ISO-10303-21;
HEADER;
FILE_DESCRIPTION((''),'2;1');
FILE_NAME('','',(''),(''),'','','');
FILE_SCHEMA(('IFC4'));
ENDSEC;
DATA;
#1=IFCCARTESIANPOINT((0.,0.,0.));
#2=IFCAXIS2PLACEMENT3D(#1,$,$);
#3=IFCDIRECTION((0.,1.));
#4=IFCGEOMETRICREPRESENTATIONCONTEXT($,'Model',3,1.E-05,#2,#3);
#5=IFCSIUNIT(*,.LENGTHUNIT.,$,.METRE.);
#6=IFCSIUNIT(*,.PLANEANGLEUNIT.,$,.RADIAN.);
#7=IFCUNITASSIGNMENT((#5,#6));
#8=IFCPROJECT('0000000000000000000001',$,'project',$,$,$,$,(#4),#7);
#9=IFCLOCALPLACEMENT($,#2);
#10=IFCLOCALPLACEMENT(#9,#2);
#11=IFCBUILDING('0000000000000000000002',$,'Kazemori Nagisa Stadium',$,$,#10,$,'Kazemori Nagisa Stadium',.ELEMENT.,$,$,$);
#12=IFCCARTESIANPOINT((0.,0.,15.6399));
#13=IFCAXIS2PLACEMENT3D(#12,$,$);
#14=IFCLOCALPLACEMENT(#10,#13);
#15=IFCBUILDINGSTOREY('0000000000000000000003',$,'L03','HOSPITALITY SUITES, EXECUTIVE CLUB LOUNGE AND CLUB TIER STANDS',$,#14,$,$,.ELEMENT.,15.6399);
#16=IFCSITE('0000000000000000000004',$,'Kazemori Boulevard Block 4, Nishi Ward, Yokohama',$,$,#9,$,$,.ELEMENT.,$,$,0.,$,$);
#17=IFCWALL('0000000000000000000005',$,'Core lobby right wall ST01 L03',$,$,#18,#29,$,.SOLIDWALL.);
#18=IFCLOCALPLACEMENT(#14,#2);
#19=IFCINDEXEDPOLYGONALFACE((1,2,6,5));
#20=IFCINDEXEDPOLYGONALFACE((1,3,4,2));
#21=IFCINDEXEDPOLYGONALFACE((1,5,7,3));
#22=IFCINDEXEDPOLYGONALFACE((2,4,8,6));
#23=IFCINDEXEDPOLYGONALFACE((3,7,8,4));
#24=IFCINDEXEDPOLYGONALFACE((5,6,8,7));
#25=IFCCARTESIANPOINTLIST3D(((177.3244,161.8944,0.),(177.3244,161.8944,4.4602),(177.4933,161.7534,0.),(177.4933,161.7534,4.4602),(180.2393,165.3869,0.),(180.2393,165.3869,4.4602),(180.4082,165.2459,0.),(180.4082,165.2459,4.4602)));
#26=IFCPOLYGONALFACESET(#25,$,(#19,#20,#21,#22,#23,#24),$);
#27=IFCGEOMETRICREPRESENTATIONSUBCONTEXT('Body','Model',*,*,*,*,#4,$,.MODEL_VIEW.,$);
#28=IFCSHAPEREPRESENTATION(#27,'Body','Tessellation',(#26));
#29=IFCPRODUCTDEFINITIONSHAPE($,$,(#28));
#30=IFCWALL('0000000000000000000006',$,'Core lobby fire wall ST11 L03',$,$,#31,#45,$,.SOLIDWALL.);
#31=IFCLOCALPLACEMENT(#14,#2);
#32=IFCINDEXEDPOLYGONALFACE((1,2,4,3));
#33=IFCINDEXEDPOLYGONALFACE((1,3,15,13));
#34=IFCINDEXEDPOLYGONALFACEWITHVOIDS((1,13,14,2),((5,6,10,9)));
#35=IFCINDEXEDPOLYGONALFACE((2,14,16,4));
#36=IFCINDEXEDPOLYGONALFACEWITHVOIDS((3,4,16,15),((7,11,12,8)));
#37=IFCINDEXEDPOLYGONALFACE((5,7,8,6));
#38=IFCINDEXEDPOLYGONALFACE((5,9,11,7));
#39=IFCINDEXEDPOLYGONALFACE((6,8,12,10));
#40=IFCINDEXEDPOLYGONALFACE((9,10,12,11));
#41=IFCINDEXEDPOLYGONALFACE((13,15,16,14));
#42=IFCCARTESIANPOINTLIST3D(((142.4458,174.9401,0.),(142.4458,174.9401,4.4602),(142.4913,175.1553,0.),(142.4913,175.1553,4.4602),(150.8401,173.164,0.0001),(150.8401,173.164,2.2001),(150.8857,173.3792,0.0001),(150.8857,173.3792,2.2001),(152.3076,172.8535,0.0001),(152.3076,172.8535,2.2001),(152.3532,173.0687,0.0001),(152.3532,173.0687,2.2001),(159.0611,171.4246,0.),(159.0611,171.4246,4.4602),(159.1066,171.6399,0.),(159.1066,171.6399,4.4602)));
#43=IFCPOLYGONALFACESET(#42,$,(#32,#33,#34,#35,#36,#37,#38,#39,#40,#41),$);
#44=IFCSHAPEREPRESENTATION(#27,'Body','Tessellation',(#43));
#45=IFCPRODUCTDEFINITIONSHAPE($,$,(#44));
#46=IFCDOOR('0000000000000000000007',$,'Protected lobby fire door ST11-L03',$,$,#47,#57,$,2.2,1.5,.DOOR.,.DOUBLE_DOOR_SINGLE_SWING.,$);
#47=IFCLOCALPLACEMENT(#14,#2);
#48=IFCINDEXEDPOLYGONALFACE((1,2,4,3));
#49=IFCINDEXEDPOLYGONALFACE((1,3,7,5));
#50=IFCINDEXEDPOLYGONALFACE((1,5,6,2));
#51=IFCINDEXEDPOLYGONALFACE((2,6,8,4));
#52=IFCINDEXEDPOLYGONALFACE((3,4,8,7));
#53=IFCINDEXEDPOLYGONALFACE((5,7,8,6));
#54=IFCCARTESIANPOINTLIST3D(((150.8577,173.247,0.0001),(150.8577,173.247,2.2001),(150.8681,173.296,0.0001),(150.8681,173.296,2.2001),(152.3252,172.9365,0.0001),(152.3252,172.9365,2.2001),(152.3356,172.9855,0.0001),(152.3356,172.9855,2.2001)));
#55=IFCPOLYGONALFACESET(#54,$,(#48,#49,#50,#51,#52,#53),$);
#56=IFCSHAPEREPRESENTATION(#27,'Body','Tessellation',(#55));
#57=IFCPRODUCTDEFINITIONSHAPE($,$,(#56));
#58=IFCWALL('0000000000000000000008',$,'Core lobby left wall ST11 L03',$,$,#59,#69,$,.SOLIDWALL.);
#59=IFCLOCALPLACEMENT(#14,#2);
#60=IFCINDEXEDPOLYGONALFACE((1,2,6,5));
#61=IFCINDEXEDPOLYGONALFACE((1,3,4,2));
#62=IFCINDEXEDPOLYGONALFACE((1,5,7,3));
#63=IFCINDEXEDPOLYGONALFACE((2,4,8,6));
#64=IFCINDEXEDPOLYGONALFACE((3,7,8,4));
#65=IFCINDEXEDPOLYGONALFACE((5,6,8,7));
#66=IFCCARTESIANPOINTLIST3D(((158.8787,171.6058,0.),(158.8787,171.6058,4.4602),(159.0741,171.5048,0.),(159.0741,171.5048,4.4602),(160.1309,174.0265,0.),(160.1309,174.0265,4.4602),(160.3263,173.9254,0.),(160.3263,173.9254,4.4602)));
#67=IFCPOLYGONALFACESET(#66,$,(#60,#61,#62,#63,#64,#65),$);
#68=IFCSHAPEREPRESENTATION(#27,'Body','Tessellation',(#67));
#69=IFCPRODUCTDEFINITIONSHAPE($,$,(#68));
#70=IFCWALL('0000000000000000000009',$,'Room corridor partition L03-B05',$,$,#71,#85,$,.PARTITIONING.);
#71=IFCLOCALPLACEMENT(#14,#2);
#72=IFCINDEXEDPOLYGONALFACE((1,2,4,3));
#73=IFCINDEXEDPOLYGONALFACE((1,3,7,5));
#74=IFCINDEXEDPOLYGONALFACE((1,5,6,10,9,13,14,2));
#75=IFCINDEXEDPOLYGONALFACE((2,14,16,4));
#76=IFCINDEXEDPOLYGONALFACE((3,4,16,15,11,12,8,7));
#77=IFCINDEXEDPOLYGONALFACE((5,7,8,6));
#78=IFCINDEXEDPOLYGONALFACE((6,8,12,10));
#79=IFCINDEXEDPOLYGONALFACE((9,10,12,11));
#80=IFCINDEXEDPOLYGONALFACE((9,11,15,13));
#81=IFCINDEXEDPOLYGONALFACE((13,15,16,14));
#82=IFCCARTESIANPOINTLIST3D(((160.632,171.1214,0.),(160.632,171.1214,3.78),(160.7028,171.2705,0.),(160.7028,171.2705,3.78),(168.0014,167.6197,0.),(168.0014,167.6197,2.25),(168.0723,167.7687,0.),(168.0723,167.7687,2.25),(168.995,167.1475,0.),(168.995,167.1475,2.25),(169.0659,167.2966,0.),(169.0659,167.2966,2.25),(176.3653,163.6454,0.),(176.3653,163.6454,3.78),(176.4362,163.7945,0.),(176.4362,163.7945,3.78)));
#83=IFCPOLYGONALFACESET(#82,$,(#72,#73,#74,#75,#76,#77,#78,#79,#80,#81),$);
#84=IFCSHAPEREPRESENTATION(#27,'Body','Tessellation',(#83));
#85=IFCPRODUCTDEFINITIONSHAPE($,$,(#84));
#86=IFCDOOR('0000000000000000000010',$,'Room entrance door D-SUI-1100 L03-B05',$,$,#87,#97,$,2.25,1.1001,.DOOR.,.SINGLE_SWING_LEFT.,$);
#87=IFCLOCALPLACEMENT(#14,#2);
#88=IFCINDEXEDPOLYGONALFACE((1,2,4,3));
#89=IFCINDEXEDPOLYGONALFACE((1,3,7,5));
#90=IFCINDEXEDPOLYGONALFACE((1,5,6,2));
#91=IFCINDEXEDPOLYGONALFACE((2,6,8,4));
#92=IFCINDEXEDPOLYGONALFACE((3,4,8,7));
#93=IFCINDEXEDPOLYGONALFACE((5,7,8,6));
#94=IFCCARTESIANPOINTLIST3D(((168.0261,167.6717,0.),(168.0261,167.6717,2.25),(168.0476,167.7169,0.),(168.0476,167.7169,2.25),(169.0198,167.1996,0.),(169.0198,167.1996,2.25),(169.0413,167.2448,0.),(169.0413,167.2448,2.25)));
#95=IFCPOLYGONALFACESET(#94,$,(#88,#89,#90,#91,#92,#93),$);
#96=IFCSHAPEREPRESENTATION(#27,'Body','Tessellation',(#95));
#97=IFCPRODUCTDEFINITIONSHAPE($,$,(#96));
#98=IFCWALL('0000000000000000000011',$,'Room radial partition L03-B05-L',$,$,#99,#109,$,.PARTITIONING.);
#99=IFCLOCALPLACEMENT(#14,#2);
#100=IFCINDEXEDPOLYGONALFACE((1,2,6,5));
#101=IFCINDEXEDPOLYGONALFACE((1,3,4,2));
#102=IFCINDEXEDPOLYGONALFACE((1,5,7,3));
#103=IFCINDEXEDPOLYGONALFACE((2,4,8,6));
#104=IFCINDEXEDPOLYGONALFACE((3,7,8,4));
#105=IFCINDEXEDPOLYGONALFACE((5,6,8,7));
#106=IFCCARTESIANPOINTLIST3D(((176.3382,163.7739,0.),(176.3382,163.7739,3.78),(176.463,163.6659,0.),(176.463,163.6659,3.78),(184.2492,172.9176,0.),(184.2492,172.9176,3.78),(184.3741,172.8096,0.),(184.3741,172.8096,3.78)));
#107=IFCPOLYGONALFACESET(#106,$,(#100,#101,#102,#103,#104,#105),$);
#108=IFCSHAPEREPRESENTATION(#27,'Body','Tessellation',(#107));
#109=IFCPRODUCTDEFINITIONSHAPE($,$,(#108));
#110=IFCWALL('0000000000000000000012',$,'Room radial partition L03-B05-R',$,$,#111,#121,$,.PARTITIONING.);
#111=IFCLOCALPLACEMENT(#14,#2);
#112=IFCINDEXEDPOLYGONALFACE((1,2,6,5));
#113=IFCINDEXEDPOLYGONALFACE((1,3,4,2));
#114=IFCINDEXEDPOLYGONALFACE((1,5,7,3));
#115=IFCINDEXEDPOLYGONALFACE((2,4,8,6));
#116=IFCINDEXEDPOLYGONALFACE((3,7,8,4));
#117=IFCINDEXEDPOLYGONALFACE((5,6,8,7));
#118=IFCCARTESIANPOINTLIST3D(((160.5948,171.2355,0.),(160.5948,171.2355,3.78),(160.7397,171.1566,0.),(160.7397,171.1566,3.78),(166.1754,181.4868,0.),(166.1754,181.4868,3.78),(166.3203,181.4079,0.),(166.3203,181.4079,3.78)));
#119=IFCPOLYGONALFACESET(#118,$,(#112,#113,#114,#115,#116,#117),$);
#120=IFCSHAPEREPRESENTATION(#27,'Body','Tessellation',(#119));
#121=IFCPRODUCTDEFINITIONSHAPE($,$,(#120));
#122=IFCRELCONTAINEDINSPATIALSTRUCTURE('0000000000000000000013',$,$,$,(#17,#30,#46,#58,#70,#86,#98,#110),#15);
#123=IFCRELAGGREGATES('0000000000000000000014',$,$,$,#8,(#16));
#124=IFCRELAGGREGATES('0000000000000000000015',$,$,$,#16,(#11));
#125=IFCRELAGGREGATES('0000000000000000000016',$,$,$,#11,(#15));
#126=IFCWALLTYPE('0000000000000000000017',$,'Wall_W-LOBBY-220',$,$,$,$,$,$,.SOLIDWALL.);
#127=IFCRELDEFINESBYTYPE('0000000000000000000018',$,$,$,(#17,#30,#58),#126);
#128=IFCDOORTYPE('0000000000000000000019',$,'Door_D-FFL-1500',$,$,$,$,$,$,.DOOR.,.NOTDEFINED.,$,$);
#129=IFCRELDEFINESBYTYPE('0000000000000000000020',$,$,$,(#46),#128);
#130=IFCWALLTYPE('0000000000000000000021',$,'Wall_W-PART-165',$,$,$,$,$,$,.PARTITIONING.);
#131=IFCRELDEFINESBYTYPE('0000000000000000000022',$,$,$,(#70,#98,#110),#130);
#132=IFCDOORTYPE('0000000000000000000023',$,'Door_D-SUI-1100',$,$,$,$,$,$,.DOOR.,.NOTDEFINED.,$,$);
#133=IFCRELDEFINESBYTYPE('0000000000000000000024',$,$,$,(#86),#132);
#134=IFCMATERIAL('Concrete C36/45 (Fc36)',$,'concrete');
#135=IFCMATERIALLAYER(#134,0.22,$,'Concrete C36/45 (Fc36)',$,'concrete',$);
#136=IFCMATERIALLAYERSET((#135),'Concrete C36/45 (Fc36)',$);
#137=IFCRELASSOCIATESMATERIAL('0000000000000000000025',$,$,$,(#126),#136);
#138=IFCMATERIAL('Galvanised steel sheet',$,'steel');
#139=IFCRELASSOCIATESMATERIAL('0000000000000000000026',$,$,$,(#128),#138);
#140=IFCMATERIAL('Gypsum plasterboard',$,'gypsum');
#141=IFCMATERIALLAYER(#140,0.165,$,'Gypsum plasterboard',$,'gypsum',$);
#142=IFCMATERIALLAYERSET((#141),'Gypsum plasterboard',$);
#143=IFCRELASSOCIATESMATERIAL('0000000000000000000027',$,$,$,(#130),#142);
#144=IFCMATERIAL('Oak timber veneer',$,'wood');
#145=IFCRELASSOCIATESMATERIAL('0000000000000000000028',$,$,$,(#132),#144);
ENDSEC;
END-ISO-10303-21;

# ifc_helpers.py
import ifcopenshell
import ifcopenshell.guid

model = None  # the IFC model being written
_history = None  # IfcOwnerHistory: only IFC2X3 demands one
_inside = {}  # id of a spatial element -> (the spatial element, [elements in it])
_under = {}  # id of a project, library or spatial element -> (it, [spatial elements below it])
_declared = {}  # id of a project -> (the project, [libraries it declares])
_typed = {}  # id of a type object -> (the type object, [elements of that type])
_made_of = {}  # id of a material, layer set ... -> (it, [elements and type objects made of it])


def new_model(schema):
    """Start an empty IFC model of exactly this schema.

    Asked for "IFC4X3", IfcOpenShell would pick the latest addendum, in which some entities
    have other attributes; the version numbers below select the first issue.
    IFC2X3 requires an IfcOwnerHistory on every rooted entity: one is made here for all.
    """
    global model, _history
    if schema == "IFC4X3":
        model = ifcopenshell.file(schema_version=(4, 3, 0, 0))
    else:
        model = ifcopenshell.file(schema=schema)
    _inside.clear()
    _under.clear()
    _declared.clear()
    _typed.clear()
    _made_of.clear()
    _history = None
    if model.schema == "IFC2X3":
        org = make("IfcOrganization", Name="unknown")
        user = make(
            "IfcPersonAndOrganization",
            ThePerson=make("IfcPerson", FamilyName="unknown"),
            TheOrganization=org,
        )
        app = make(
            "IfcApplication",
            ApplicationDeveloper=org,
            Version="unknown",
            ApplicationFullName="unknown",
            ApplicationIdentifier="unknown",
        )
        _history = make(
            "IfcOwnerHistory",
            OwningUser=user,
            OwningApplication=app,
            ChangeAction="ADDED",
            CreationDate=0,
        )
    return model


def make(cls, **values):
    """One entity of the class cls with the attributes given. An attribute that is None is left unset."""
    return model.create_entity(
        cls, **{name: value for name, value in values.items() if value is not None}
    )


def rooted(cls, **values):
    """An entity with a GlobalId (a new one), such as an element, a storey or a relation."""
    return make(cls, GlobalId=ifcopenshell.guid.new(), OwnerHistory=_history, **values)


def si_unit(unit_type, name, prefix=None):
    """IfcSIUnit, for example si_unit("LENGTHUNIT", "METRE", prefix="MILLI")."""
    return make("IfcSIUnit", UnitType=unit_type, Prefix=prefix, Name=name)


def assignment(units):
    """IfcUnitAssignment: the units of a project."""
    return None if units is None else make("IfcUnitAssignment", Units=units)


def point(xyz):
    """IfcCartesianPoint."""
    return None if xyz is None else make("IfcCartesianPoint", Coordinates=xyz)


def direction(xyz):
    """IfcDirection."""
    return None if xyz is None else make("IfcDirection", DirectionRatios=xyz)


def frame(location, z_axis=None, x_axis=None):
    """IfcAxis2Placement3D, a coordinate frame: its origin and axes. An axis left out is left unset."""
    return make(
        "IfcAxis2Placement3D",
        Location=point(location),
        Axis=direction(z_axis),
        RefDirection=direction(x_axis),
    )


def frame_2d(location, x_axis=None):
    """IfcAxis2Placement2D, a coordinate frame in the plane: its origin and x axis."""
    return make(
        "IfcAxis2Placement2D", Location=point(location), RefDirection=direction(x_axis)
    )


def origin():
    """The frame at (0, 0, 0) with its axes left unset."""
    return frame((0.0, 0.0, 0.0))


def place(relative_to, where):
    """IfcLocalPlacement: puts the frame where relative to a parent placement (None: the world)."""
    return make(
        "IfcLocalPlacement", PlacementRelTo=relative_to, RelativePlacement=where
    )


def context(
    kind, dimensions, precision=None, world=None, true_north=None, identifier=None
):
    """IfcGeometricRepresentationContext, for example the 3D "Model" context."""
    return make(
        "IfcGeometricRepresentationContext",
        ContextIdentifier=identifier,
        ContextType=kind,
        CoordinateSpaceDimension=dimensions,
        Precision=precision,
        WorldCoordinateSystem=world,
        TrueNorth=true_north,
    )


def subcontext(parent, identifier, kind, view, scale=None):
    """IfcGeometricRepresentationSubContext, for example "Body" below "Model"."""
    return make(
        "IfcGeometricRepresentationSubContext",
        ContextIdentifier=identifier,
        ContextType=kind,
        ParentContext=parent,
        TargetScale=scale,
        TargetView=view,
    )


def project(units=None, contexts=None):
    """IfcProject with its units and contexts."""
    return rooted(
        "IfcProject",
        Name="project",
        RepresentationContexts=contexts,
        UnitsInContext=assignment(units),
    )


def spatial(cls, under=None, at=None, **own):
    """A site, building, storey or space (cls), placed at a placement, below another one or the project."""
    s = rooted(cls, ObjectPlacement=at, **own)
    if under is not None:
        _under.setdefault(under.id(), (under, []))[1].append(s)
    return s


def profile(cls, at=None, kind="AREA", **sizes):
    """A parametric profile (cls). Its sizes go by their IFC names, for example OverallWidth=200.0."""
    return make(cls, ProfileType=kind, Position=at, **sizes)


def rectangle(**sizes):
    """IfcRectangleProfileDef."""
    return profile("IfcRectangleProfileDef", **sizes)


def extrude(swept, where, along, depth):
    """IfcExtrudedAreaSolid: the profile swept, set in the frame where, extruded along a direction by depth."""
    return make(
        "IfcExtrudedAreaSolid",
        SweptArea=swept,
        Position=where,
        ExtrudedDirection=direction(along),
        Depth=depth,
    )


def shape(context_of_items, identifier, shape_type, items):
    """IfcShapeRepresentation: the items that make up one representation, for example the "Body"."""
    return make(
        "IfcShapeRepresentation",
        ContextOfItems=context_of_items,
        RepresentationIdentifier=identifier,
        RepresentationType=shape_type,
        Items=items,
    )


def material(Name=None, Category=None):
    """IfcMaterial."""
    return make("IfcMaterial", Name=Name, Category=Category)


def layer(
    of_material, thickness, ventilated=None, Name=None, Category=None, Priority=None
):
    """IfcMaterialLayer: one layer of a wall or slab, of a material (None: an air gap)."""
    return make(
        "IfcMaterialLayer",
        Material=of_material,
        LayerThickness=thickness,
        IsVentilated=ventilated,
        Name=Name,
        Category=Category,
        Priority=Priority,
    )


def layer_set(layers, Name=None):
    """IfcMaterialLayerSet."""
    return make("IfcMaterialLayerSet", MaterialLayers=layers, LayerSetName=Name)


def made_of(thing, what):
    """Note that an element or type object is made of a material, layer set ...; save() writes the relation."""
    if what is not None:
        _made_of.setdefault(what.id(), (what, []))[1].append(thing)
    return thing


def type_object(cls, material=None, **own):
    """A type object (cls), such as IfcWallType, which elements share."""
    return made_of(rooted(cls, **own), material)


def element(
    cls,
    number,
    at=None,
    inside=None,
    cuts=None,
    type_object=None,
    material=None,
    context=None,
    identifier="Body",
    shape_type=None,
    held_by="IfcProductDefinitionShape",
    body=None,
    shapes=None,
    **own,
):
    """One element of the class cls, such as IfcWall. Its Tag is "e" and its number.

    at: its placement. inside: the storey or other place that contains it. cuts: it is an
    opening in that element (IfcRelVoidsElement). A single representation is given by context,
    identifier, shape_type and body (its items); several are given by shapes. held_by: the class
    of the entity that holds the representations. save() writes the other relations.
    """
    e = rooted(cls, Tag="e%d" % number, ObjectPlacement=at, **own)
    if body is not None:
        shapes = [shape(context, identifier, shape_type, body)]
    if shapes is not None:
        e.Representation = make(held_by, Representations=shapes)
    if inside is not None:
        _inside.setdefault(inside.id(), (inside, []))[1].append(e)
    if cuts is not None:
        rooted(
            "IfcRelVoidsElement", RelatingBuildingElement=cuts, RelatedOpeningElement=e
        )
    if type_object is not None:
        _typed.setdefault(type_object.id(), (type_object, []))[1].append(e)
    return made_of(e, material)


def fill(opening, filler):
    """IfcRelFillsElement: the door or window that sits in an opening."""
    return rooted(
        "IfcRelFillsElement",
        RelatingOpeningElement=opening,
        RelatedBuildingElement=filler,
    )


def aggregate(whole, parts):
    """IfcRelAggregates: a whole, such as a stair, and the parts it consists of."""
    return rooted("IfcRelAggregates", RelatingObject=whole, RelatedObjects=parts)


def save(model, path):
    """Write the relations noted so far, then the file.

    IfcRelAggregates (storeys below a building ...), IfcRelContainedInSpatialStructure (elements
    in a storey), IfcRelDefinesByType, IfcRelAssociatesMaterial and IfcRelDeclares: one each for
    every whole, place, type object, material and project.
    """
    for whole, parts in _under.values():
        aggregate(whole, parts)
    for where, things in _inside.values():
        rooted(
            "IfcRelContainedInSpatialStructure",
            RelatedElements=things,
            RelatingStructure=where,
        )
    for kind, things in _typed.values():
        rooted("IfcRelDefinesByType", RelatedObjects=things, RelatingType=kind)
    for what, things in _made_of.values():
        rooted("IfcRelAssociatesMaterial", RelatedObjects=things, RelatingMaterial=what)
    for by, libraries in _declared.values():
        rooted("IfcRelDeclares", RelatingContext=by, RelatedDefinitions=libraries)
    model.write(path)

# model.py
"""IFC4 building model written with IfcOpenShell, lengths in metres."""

from ifc_helpers import new_model, si_unit, direction, frame, frame_2d, origin, place, context, subcontext, project, spatial, rectangle, extrude, material, layer, layer_set, type_object, element, fill, save


model = new_model("IFC4")

# Units and contexts
model_context = context("Model", 3, precision=1e-05, world=origin(), true_north=direction((0.0, 1.0)))
body_context = subcontext(model_context, "Body", "Model", "MODEL_VIEW")
ifc_project = project(units=[si_unit("LENGTHUNIT", "METRE"), si_unit("PLANEANGLEUNIT", "RADIAN")], contexts=[model_context])

# Site, building, storey
site_placement = place(None, origin())
site = spatial("IfcSite", under=ifc_project, at=site_placement, Name="Kazemori Boulevard Block 4, Nishi Ward, Yokohama", CompositionType="ELEMENT", RefElevation=0.0)
building_placement = place(site_placement, origin())
building = spatial("IfcBuilding", under=site, at=building_placement, Name="Kazemori Nagisa Stadium", LongName="Kazemori Nagisa Stadium", CompositionType="ELEMENT")
storey_placement = place(building_placement, frame((0.0, 0.0, 15.6399)))
storey = spatial("IfcBuildingStorey", under=building, at=storey_placement, Name="L03", Description="HOSPITALITY SUITES, EXECUTIVE CLUB LOUNGE AND CLUB TIER STANDS", CompositionType="ELEMENT", Elevation=15.6399)

# Shared definitions
ifc_material_1 = material(Name="Galvanised steel sheet", Category="steel")

# Wall
ifc_material_2 = material(Name="Concrete C36/45 (Fc36)", Category="concrete")
ifc_layer_1 = layer(ifc_material_2, 0.22, Name="Concrete C36/45 (Fc36)", Category="concrete")
ifc_layer_set_1 = layer_set([ifc_layer_1], Name="Concrete C36/45 (Fc36)")
wall_type_1 = type_object("IfcWallType", Name="Wall_W-LOBBY-220", PredefinedType="SOLIDWALL", material=ifc_layer_set_1)
wall_1_placement = place(storey_placement, frame((177.4089, 161.824, 0.0), z_axis=(0.0, 0.0, 1.0), x_axis=(0.64076, 0.767742, 0.0)))
element("IfcWall", 1, at=wall_1_placement, inside=storey, type_object=wall_type_1, Name="Core lobby right wall ST01 L03", PredefinedType="SOLIDWALL", context=body_context, shape_type="SweptSolid", body=[
    extrude(rectangle(XDim=4.5491, YDim=0.22, at=frame_2d((2.2744, 0.0))), origin(), (0.0, 0.0, 1.0), 4.4602),
])

# Wall, opening, door
wall_2_placement = place(storey_placement, frame((159.084, 171.5322, 0.0), z_axis=(0.0, 0.0, 1.0), x_axis=(-0.978342, 0.206994, 0.0)))
wall_2 = element("IfcWall", 2, at=wall_2_placement, inside=storey, type_object=wall_type_1, Name="Core lobby fire wall ST11 L03", PredefinedType="SOLIDWALL", context=body_context, shape_type="SweptSolid", body=[
    extrude(rectangle(XDim=16.9832, YDim=0.22, at=frame_2d((8.4917, 0.0))), origin(), (0.0, 0.0, 1.0), 4.4602),
])
opening_1_placement = place(wall_2_placement, frame((6.9031, 0.0, 0.0)))
opening_1 = element("IfcOpeningElement", 3, at=opening_1_placement, cuts=wall_2, PredefinedType="OPENING", context=body_context, shape_type="SweptSolid", body=[
    extrude(rectangle(XDim=1.5, YDim=2.2, at=frame_2d((0.75, 1.1001))), frame((0.0, 0.1199, 0.0), z_axis=(0.0, -1.0, 0.0), x_axis=(1.0, 0.0, 0.0)), (0.0, 0.0, 1.0), 0.24),
])
door_type_1 = type_object("IfcDoorType", Name="Door_D-FFL-1500", OperationType="NOTDEFINED", PredefinedType="DOOR", material=ifc_material_1)
door_1_placement = place(opening_1_placement, frame((1.5, 0.0, 0.0), z_axis=(0.0, 0.0, 1.0), x_axis=(-1.0, 0.0, 0.0)))
door_1 = element("IfcDoor", 4, at=door_1_placement, inside=storey, type_object=door_type_1, Name="Protected lobby fire door ST11-L03", OperationType="DOUBLE_DOOR_SINGLE_SWING", OverallHeight=2.2, OverallWidth=1.5, PredefinedType="DOOR", context=body_context, shape_type="SweptSolid", body=[
    extrude(rectangle(XDim=1.5, YDim=2.2, at=frame_2d((0.75, 1.1001))), frame((0.0, 0.0249, 0.0), z_axis=(0.0, -1.0, 0.0), x_axis=(1.0, 0.0, 0.0)), (0.0, 0.0, 1.0), 0.05),
])
fill(opening_1, door_1)

# Wall
wall_3_placement = place(storey_placement, frame((158.9763, 171.5552, 0.0), z_axis=(0.0, 0.0, 1.0), x_axis=(0.459462, 0.888197, 0.0)))
element("IfcWall", 5, at=wall_3_placement, inside=storey, type_object=wall_type_1, Name="Core lobby left wall ST11 L03", PredefinedType="SOLIDWALL", context=body_context, shape_type="SweptSolid", body=[
    extrude(rectangle(XDim=2.7253, YDim=0.22, at=frame_2d((1.3628, 0.0))), origin(), (0.0, 0.0, 1.0), 4.4602),
])

# Wall, opening, door
ifc_material_3 = material(Name="Gypsum plasterboard", Category="gypsum")
ifc_layer_2 = layer(ifc_material_3, 0.165, Name="Gypsum plasterboard", Category="gypsum")
ifc_layer_set_2 = layer_set([ifc_layer_2], Name="Gypsum plasterboard")
wall_type_2 = type_object("IfcWallType", Name="Wall_W-PART-165", PredefinedType="PARTITIONING", material=ifc_layer_set_2)
wall_4_placement = place(storey_placement, frame((176.4006, 163.72, 0.0), z_axis=(0.0, 0.0, 1.0), x_axis=(-0.903217, 0.429184, 0.0)))
wall_4 = element("IfcWall", 6, at=wall_4_placement, inside=storey, type_object=wall_type_2, Name="Room corridor partition L03-B05", PredefinedType="PARTITIONING", context=body_context, shape_type="SweptSolid", body=[
    extrude(rectangle(XDim=17.4192, YDim=0.165, at=frame_2d((8.7095, 0.0))), origin(), (0.0, 0.0, 1.0), 3.78),
])
opening_2_placement = place(wall_4_placement, frame((8.1599, 0.0, 0.0)))
opening_2 = element("IfcOpeningElement", 7, at=opening_2_placement, cuts=wall_4, PredefinedType="OPENING", context=body_context, shape_type="SweptSolid", body=[
    extrude(rectangle(XDim=1.1001, YDim=2.25, at=frame_2d((0.55, 1.125))), frame((0.0, 0.0925, 0.0), z_axis=(0.0, -1.0, 0.0), x_axis=(1.0, 0.0, 0.0)), (0.0, 0.0, 1.0), 0.1851),
])
ifc_material_4 = material(Name="Oak timber veneer", Category="wood")
door_type_2 = type_object("IfcDoorType", Name="Door_D-SUI-1100", OperationType="NOTDEFINED", PredefinedType="DOOR", material=ifc_material_4)
door_2_placement = place(opening_2_placement, origin())
door_2 = element("IfcDoor", 8, at=door_2_placement, inside=storey, type_object=door_type_2, Name="Room entrance door D-SUI-1100 L03-B05", OperationType="SINGLE_SWING_LEFT", OverallHeight=2.25, OverallWidth=1.1001, PredefinedType="DOOR", context=body_context, shape_type="SweptSolid", body=[
    extrude(rectangle(XDim=1.1001, YDim=2.25, at=frame_2d((0.55, 1.125))), frame((0.0, 0.0249, 0.0), z_axis=(0.0, -1.0, 0.0), x_axis=(1.0, 0.0, 0.0)), (0.0, 0.0, 1.0), 0.05),
])
fill(opening_2, door_2)

# Walls
wall_5_placement = place(storey_placement, frame((176.4006, 163.72, 0.0), z_axis=(0.0, 0.0, 1.0), x_axis=(0.654293, 0.756241, 0.0)))
element("IfcWall", 9, at=wall_5_placement, inside=storey, type_object=wall_type_2, Name="Room radial partition L03-B05-L", PredefinedType="PARTITIONING", context=body_context, shape_type="SweptSolid", body=[
    extrude(rectangle(XDim=12.0911, YDim=0.165, at=frame_2d((6.0454, 0.0))), origin(), (0.0, 0.0, 1.0), 3.78),
])
wall_6_placement = place(storey_placement, frame((160.6672, 171.196, 0.0), z_axis=(0.0, 0.0, 1.0), x_axis=(0.478125, 0.878292, 0.0)))
element("IfcWall", 10, at=wall_6_placement, inside=storey, type_object=wall_type_2, Name="Room radial partition L03-B05-R", PredefinedType="PARTITIONING", context=body_context, shape_type="SweptSolid", body=[
    extrude(rectangle(XDim=11.6719, YDim=0.165, at=frame_2d((5.8359, 0.0))), origin(), (0.0, 0.0, 1.0), 3.78),
])

save(model, "model.ifc")
